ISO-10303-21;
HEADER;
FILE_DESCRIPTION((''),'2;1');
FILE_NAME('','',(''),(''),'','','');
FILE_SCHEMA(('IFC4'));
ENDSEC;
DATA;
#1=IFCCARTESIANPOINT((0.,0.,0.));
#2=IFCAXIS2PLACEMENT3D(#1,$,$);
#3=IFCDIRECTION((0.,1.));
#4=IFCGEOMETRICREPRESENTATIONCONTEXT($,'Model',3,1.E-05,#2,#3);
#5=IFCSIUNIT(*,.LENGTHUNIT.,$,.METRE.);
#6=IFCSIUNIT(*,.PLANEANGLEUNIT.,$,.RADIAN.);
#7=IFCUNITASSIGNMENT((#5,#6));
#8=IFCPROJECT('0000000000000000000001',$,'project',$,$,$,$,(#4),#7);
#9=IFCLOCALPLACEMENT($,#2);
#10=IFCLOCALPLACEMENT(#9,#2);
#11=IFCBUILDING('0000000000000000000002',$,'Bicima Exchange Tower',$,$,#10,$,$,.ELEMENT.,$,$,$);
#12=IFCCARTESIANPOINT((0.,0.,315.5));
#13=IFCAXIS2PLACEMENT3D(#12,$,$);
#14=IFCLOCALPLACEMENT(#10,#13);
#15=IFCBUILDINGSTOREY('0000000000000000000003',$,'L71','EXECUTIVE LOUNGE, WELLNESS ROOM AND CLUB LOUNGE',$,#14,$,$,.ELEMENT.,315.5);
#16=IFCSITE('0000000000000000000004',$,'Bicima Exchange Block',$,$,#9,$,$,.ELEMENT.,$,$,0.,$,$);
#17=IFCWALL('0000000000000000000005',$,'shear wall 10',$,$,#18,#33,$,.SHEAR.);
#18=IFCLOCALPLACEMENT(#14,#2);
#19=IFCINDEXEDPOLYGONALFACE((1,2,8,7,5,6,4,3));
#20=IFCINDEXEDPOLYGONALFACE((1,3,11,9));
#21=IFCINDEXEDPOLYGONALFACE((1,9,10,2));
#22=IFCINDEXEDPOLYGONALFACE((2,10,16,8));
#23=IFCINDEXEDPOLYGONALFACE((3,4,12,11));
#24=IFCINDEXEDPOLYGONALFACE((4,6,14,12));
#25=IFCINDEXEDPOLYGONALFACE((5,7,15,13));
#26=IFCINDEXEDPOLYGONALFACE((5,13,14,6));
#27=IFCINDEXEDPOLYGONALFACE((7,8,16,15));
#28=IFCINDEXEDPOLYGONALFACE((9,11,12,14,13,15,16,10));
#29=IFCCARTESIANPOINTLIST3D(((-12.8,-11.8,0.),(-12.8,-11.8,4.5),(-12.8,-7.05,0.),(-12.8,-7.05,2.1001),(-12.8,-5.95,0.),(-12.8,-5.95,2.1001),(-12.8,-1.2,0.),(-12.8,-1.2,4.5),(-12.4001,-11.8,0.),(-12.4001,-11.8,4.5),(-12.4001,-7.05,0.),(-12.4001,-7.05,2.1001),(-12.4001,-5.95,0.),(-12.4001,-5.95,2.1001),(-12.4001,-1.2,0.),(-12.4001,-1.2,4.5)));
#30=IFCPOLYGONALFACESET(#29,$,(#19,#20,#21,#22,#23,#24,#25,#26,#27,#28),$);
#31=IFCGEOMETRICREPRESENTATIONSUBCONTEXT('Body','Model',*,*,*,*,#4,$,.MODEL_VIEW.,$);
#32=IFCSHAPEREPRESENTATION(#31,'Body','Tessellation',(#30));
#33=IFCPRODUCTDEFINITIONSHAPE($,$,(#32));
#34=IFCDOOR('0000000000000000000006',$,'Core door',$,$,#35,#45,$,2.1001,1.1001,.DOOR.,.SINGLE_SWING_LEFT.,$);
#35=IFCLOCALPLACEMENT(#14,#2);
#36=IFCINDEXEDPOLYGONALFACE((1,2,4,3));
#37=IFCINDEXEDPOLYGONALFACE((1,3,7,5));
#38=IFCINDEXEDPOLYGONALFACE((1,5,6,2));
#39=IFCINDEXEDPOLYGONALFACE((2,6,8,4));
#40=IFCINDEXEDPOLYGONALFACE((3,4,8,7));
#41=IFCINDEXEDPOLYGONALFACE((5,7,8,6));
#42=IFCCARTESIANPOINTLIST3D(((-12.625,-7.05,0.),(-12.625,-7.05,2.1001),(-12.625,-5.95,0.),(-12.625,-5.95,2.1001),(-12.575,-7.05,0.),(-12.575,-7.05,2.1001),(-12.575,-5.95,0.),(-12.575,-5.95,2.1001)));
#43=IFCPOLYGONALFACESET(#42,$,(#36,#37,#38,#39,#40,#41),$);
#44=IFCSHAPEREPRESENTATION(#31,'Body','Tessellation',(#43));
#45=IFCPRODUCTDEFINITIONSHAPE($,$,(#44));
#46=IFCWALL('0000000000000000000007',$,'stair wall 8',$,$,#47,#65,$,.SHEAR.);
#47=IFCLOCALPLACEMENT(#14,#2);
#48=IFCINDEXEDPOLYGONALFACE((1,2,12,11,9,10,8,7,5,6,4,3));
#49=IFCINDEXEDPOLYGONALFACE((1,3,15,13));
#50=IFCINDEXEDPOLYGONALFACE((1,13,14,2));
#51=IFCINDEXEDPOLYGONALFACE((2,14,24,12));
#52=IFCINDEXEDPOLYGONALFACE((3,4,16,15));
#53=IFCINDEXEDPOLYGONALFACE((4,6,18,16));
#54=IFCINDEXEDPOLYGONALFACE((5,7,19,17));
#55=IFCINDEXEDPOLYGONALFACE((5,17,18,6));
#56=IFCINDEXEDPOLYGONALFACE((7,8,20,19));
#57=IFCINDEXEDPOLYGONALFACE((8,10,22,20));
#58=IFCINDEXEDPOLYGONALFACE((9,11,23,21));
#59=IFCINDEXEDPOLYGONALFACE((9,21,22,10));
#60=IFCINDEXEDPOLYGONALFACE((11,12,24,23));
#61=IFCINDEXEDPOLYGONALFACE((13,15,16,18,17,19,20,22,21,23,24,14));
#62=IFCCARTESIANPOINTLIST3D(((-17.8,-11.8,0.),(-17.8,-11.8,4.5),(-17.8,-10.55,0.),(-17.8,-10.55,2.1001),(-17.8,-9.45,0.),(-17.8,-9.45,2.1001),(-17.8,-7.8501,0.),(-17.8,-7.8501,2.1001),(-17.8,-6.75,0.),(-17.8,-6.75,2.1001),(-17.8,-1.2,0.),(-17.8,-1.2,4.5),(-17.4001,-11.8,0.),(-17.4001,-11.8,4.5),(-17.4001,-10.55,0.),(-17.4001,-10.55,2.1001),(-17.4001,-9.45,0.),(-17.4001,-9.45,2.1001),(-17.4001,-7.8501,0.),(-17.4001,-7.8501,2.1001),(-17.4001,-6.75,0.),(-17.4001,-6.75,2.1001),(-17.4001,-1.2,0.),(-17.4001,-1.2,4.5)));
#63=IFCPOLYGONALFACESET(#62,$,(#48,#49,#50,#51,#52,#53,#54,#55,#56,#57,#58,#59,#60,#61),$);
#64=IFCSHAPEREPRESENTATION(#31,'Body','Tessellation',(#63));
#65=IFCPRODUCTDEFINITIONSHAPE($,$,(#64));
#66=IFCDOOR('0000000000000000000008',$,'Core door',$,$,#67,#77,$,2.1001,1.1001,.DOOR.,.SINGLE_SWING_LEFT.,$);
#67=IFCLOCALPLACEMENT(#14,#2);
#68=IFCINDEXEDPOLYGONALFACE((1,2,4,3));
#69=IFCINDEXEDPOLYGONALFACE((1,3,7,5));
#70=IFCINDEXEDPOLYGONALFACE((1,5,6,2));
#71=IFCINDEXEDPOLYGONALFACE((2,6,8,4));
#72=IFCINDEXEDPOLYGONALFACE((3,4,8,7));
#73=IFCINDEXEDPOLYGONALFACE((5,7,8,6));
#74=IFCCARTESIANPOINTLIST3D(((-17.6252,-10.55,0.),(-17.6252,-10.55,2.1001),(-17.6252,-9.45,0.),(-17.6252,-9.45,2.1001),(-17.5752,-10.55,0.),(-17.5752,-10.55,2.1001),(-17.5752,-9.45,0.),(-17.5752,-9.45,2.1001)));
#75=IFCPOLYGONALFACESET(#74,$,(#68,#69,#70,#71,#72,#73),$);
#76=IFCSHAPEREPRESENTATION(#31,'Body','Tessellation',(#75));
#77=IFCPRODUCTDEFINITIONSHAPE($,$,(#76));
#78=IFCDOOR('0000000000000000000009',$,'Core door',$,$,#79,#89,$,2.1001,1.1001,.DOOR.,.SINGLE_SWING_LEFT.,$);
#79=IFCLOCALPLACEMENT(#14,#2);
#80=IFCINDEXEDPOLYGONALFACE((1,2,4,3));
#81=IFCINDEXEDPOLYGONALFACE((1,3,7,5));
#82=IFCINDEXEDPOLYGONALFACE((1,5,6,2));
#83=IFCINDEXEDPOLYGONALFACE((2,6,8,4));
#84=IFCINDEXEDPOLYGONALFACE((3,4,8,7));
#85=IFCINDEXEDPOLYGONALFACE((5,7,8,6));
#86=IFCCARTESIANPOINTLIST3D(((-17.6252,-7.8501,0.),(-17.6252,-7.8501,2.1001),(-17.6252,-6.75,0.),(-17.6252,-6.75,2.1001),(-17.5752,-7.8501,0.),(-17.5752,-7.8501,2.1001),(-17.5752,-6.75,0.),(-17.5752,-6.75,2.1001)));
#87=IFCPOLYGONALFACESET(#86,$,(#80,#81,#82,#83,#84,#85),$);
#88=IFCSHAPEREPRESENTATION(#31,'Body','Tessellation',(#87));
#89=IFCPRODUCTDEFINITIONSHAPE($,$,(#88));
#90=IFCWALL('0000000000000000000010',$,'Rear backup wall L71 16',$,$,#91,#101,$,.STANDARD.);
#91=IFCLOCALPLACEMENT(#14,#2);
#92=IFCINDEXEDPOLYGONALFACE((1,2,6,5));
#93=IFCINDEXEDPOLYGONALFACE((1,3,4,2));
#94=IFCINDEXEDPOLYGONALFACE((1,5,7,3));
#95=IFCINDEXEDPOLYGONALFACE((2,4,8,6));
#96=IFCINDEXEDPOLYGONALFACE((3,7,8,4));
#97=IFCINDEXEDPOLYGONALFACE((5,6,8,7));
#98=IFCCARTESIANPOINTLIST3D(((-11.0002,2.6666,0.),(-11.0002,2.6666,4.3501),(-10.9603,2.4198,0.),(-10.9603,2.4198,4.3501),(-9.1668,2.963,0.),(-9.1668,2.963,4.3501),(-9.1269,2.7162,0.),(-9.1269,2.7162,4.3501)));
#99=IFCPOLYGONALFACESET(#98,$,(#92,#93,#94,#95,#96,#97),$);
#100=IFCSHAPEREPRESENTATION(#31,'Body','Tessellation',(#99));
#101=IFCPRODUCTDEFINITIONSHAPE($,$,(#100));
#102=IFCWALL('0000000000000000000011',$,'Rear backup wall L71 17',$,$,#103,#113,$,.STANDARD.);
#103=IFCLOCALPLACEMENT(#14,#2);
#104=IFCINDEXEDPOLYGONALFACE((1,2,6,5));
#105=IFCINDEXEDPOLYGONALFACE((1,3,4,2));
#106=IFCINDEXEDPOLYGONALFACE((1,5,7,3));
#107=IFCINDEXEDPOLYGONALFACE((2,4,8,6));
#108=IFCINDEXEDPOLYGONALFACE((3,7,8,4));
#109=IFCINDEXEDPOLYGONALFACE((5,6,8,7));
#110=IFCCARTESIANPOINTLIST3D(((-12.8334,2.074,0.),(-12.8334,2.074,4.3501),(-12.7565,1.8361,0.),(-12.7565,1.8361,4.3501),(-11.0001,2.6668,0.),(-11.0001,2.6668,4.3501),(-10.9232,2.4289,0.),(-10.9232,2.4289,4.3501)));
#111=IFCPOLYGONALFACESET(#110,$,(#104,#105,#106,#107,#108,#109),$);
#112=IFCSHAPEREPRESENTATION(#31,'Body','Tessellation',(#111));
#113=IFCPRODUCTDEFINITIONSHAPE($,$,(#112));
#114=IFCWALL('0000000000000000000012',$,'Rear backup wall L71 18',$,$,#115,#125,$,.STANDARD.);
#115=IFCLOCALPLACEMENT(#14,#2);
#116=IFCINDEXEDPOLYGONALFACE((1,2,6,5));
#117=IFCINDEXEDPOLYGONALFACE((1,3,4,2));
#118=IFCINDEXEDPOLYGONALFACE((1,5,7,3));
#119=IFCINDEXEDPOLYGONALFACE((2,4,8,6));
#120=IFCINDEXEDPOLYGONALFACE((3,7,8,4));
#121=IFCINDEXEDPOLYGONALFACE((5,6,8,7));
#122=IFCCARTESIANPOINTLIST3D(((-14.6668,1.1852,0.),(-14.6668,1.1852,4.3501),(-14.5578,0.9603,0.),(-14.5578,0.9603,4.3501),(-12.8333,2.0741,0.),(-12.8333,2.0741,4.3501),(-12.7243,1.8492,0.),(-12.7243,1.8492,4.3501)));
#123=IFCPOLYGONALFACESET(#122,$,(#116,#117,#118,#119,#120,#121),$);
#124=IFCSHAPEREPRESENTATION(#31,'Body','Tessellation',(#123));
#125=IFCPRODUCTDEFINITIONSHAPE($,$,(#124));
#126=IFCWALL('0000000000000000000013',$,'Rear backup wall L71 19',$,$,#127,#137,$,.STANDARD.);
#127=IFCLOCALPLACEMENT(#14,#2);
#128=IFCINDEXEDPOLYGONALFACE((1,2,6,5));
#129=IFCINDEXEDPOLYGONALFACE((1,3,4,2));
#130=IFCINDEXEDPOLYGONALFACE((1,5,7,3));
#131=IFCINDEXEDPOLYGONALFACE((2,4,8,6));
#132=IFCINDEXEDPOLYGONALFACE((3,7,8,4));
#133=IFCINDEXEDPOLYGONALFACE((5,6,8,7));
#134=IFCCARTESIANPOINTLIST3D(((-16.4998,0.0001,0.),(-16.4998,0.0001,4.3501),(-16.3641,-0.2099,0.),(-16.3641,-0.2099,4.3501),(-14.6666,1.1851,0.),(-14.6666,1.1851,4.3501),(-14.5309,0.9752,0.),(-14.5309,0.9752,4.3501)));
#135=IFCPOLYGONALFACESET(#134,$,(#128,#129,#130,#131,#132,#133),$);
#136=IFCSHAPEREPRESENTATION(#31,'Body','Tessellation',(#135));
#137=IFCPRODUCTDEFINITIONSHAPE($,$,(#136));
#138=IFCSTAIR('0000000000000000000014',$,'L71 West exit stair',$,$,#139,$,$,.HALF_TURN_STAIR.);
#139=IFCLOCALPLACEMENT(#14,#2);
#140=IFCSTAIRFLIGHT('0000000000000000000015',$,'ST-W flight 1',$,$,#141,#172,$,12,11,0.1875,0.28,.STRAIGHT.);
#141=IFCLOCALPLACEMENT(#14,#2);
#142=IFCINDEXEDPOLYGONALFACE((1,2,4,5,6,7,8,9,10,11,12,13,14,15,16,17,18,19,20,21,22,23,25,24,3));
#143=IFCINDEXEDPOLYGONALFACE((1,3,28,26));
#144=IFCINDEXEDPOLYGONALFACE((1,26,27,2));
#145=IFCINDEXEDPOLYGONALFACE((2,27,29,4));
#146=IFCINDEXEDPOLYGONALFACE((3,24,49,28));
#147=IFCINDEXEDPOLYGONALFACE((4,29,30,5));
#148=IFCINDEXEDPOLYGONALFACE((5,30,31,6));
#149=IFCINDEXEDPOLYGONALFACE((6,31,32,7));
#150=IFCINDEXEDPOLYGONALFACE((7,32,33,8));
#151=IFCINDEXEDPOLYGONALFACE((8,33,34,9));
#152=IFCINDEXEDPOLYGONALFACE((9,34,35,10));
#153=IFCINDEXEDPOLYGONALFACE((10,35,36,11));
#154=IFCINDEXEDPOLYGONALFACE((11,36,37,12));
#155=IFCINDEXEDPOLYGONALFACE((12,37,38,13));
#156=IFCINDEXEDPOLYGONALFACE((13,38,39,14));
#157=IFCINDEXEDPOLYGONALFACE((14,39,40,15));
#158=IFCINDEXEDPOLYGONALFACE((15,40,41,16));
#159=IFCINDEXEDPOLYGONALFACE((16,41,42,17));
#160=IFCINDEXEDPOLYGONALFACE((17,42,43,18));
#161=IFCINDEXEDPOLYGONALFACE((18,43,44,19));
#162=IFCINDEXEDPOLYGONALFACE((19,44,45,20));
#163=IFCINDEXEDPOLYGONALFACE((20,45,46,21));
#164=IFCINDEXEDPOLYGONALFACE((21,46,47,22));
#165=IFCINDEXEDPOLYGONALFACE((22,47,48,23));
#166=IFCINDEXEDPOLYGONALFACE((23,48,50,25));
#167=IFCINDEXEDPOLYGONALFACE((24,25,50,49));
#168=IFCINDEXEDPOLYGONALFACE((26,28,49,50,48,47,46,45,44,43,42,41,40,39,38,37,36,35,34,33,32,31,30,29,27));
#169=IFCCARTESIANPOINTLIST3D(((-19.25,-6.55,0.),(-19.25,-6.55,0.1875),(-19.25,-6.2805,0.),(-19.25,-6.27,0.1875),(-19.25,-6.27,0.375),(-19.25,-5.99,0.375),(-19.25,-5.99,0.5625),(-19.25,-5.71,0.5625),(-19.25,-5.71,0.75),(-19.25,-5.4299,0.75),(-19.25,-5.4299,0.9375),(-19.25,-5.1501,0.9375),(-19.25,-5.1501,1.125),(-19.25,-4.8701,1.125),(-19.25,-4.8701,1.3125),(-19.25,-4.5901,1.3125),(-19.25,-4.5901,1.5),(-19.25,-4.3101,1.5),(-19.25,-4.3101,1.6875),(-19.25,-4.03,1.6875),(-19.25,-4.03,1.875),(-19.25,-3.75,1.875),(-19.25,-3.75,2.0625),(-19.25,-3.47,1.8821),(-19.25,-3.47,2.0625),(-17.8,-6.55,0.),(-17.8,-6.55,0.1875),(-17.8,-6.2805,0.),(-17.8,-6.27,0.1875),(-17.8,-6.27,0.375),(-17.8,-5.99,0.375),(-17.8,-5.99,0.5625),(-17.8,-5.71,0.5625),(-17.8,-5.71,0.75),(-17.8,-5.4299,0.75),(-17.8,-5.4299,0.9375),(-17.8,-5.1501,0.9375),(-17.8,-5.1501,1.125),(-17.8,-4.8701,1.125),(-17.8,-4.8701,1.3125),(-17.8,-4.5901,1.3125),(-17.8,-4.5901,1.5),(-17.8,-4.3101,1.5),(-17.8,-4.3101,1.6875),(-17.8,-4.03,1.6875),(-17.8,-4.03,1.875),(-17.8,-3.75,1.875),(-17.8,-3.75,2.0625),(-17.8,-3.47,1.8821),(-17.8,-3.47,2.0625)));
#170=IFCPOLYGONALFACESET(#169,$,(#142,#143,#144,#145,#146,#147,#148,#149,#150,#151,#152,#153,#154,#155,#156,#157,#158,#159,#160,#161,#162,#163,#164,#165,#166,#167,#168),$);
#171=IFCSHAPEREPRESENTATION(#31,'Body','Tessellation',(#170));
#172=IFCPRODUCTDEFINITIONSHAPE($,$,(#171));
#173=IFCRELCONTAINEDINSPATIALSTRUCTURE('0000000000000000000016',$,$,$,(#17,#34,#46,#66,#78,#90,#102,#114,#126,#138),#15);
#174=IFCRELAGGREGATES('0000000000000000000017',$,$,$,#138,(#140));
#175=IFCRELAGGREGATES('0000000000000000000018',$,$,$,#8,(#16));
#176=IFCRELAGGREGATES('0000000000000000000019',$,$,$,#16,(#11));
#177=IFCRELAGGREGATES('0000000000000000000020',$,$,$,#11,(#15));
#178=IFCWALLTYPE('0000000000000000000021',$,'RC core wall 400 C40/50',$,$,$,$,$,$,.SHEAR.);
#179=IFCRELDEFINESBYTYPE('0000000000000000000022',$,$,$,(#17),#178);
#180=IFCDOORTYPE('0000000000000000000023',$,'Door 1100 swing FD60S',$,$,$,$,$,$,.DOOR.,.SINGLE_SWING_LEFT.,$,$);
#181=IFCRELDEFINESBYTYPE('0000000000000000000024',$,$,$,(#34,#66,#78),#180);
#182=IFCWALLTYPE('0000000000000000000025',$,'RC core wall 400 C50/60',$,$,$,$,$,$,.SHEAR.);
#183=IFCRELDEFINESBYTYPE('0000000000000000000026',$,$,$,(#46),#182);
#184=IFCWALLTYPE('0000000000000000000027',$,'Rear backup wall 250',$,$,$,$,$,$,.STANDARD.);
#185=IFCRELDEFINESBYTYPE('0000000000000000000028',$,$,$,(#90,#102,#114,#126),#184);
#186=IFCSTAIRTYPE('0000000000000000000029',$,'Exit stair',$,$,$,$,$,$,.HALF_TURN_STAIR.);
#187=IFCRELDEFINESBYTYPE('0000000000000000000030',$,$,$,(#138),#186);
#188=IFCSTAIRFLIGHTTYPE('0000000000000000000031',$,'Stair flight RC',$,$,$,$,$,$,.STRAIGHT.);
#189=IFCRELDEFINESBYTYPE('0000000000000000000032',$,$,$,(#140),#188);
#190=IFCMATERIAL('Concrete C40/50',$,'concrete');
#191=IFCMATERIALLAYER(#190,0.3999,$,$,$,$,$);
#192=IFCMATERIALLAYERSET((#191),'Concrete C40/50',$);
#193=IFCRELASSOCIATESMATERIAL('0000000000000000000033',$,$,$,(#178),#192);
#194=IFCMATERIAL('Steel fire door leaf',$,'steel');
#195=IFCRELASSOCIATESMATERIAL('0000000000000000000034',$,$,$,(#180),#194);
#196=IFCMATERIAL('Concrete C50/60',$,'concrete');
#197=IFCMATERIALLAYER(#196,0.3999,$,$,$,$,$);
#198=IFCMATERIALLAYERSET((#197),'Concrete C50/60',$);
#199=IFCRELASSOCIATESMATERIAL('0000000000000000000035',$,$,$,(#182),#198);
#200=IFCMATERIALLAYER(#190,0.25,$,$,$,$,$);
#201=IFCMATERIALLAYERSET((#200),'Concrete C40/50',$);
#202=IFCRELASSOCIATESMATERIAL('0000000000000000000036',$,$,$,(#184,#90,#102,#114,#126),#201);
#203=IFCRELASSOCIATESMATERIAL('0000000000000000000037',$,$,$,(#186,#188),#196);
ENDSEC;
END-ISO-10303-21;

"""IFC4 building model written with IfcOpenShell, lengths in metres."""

from ifc_helpers import new_model, si_unit, direction, frame, frame_2d, origin, place, context, subcontext, project, spatial, polyline, rectangle, outline, extrude, material, layer, layer_set, layer_usage, type_object, element, fill, aggregate, save


model = new_model("IFC4")

# Units and contexts
model_context = context("Model", 3, precision=1e-05, world=origin(), true_north=direction((0.0, 1.0)))
body_context = subcontext(model_context, "Body", "Model", "MODEL_VIEW")
ifc_project = project(units=[si_unit("LENGTHUNIT", "METRE"), si_unit("PLANEANGLEUNIT", "RADIAN")], contexts=[model_context])

# Site, building, storey
site_placement = place(None, origin())
site = spatial("IfcSite", under=ifc_project, at=site_placement, Name="Bicima Exchange Block", CompositionType="ELEMENT", RefElevation=0.0)
building_placement = place(site_placement, origin())
building = spatial("IfcBuilding", under=site, at=building_placement, Name="Bicima Exchange Tower", CompositionType="ELEMENT")
storey_placement = place(building_placement, frame((0.0, 0.0, 315.5)))
storey = spatial("IfcBuildingStorey", under=building, at=storey_placement, Name="L71", Description="EXECUTIVE LOUNGE, WELLNESS ROOM AND CLUB LOUNGE", CompositionType="ELEMENT", Elevation=315.5)

# Shared definitions
ifc_material_1 = material(Name="Concrete C40/50", Category="concrete")
ifc_layer_1 = layer(ifc_material_1, 0.3999)
ifc_layer_set_1 = layer_set([ifc_layer_1], Name="Concrete C40/50")
wall_type_1 = type_object("IfcWallType", Name="RC core wall 400 C40/50", PredefinedType="SHEAR", material=ifc_layer_set_1)

# Shared definitions
ifc_material_2 = material(Name="Steel fire door leaf", Category="steel")

# Wall, opening, door
wall_1_placement = place(storey_placement, frame((-12.6001, -11.8, 0.0), z_axis=(0.0, 0.0, 1.0), x_axis=(0.0, 1.0, 0.0)))
wall_1 = element("IfcWall", 1, at=wall_1_placement, inside=storey, type_object=wall_type_1, Name="shear wall 10", PredefinedType="SHEAR", context=body_context, shape_type="SweptSolid", body=[
    extrude(rectangle(XDim=10.6001, YDim=0.3999, at=frame_2d((5.3, 0.0))), origin(), (0.0, 0.0, 1.0), 4.5),
])
opening_1_placement = place(wall_1_placement, frame((4.75, 0.0, 0.0)))
opening_1 = element("IfcOpeningElement", 2, at=opening_1_placement, cuts=wall_1, PredefinedType="OPENING", context=body_context, shape_type="SweptSolid", body=[
    extrude(rectangle(XDim=1.1001, YDim=2.1001, at=frame_2d((0.55, 1.05))), frame((0.0, 0.2119, 0.0), z_axis=(0.0, -1.0, 0.0), x_axis=(1.0, 0.0, 0.0)), (0.0, 0.0, 1.0), 0.4238),
])
door_type_1 = type_object("IfcDoorType", Name="Door 1100 swing FD60S", OperationType="SINGLE_SWING_LEFT", PredefinedType="DOOR", material=ifc_material_2)
door_1_placement = place(opening_1_placement, origin())
door_1 = element("IfcDoor", 3, at=door_1_placement, inside=storey, type_object=door_type_1, Name="Core door", OperationType="SINGLE_SWING_LEFT", OverallHeight=2.1001, OverallWidth=1.1001, PredefinedType="DOOR", context=body_context, shape_type="SweptSolid", body=[
    extrude(rectangle(XDim=1.1001, YDim=2.1001, at=frame_2d((0.55, 1.05))), frame((0.0, 0.0249, 0.0), z_axis=(0.0, -1.0, 0.0), x_axis=(1.0, 0.0, 0.0)), (0.0, 0.0, 1.0), 0.05),
])
fill(opening_1, door_1)

# Wall, openings, doors
ifc_material_3 = material(Name="Concrete C50/60", Category="concrete")
ifc_layer_2 = layer(ifc_material_3, 0.3999)
ifc_layer_set_2 = layer_set([ifc_layer_2], Name="Concrete C50/60")
wall_type_2 = type_object("IfcWallType", Name="RC core wall 400 C50/60", PredefinedType="SHEAR", material=ifc_layer_set_2)
wall_2_placement = place(storey_placement, frame((-17.6001, -11.8, 0.0), z_axis=(0.0, 0.0, 1.0), x_axis=(0.0, 1.0, 0.0)))
wall_2 = element("IfcWall", 4, at=wall_2_placement, inside=storey, type_object=wall_type_2, Name="stair wall 8", PredefinedType="SHEAR", context=body_context, shape_type="SweptSolid", body=[
    extrude(rectangle(XDim=10.6001, YDim=0.3999, at=frame_2d((5.3, 0.0))), origin(), (0.0, 0.0, 1.0), 4.5),
])
opening_2_placement = place(wall_2_placement, frame((1.25, 0.0, 0.0)))
opening_2 = element("IfcOpeningElement", 5, at=opening_2_placement, cuts=wall_2, PredefinedType="OPENING", context=body_context, shape_type="SweptSolid", body=[
    extrude(rectangle(XDim=1.1001, YDim=2.1001, at=frame_2d((0.55, 1.05))), frame((0.0, 0.2119, 0.0), z_axis=(0.0, -1.0, 0.0), x_axis=(1.0, 0.0, 0.0)), (0.0, 0.0, 1.0), 0.4238),
])
opening_3_placement = place(wall_2_placement, frame((3.95, 0.0, 0.0)))
opening_3 = element("IfcOpeningElement", 6, at=opening_3_placement, cuts=wall_2, PredefinedType="OPENING", context=body_context, shape_type="SweptSolid", body=[
    extrude(rectangle(XDim=1.1001, YDim=2.1001, at=frame_2d((0.55, 1.05))), frame((0.0, 0.2119, 0.0), z_axis=(0.0, -1.0, 0.0), x_axis=(1.0, 0.0, 0.0)), (0.0, 0.0, 1.0), 0.4238),
])
door_2_placement = place(opening_2_placement, frame((1.1001, 0.0, 0.0), z_axis=(0.0, 0.0, 1.0), x_axis=(-1.0, 0.0, 0.0)))
door_2 = element("IfcDoor", 7, at=door_2_placement, inside=storey, type_object=door_type_1, Name="Core door", OperationType="SINGLE_SWING_LEFT", OverallHeight=2.1001, OverallWidth=1.1001, PredefinedType="DOOR", context=body_context, shape_type="SweptSolid", body=[
    extrude(rectangle(XDim=1.1001, YDim=2.1001, at=frame_2d((0.55, 1.05))), frame((0.0, 0.0249, 0.0), z_axis=(0.0, -1.0, 0.0), x_axis=(1.0, 0.0, 0.0)), (0.0, 0.0, 1.0), 0.05),
])
fill(opening_2, door_2)
door_3_placement = place(opening_3_placement, frame((1.1001, 0.0, 0.0), z_axis=(0.0, 0.0, 1.0), x_axis=(-1.0, 0.0, 0.0)))
door_3 = element("IfcDoor", 8, at=door_3_placement, inside=storey, type_object=door_type_1, Name="Core door", OperationType="SINGLE_SWING_LEFT", OverallHeight=2.1001, OverallWidth=1.1001, PredefinedType="DOOR", context=body_context, shape_type="SweptSolid", body=[
    extrude(rectangle(XDim=1.1001, YDim=2.1001, at=frame_2d((0.55, 1.05))), frame((0.0, 0.0249, 0.0), z_axis=(0.0, -1.0, 0.0), x_axis=(1.0, 0.0, 0.0)), (0.0, 0.0, 1.0), 0.05),
])
fill(opening_3, door_3)

# Walls
ifc_layer_3 = layer(ifc_material_1, 0.25)
ifc_layer_set_3 = layer_set([ifc_layer_3], Name="Concrete C40/50")
ifc_layer_usage = layer_usage(ifc_layer_set_3, "AXIS2", "POSITIVE", -0.125)
wall_type_3 = type_object("IfcWallType", Name="Rear backup wall 250", PredefinedType="STANDARD", material=ifc_layer_set_3)
wall_3_placement = place(storey_placement, frame((-9.1467, 2.8396, 0.0), z_axis=(0.0, 0.0, 1.0), x_axis=(-0.987182, -0.1596, 0.0)))
element("IfcWall", 9, at=wall_3_placement, inside=storey, type_object=wall_type_3, material=ifc_layer_usage, Name="Rear backup wall L71 16", PredefinedType="STANDARD", context=body_context, shape_type="SweptSolid", body=[
    extrude(rectangle(XDim=1.8572, YDim=0.25, at=frame_2d((0.9287, 0.0))), origin(), (0.0, 0.0, 1.0), 4.3501),
])
wall_4_placement = place(storey_placement, frame((-10.9617, 2.5479, 0.0), z_axis=(0.0, 0.0, 1.0), x_axis=(-0.951496, -0.307662, 0.0)))
element("IfcWall", 10, at=wall_4_placement, inside=storey, type_object=wall_type_3, material=ifc_layer_usage, Name="Rear backup wall L71 17", PredefinedType="STANDARD", context=body_context, shape_type="SweptSolid", body=[
    extrude(rectangle(XDim=1.9268, YDim=0.25, at=frame_2d((0.9634, 0.0))), origin(), (0.0, 0.0, 1.0), 4.3501),
])
wall_5_placement = place(storey_placement, frame((-12.7788, 1.9617, 0.0), z_axis=(0.0, 0.0, 1.0), x_axis=(-0.899824, -0.436253, 0.0)))
element("IfcWall", 11, at=wall_5_placement, inside=storey, type_object=wall_type_3, material=ifc_layer_usage, Name="Rear backup wall L71 18", PredefinedType="STANDARD", context=body_context, shape_type="SweptSolid", body=[
    extrude(rectangle(XDim=2.0376, YDim=0.25, at=frame_2d((1.0188, 0.0))), origin(), (0.0, 0.0, 1.0), 4.3501),
])
wall_6_placement = place(storey_placement, frame((-14.5989, 1.0801, 0.0), z_axis=(0.0, 0.0, 1.0), x_axis=(-0.839813, -0.542876, 0.0)))
element("IfcWall", 12, at=wall_6_placement, inside=storey, type_object=wall_type_3, material=ifc_layer_usage, Name="Rear backup wall L71 19", PredefinedType="STANDARD", context=body_context, shape_type="SweptSolid", body=[
    extrude(rectangle(XDim=2.1829, YDim=0.25, at=frame_2d((1.0913, 0.0))), origin(), (0.0, 0.0, 1.0), 4.3501),
])

# Stair, stair flight
stair_type = type_object("IfcStairType", Name="Exit stair", PredefinedType="HALF_TURN_STAIR", material=ifc_material_3)
stair_placement = place(storey_placement, origin())
stair = element("IfcStair", 13, at=stair_placement, inside=storey, type_object=stair_type, Name="L71 West exit stair", PredefinedType="HALF_TURN_STAIR")
stair_flight_type = type_object("IfcStairFlightType", Name="Stair flight RC", PredefinedType="STRAIGHT", material=ifc_material_3)
stair_flight_1_placement = place(storey_placement, frame((-18.5249, -6.55, 0.0), z_axis=(0.0, 0.0, 1.0), x_axis=(0.0, 1.0, 0.0)))
stair_flight_1 = element("IfcStairFlight", 14, at=stair_flight_1_placement, type_object=stair_flight_type, Name="ST-W flight 1", NumberOfRisers=12, NumberOfTreads=11, PredefinedType="STRAIGHT", RiserHeight=0.1875, TreadLength=0.28, context=body_context, shape_type="SweptSolid", body=[
    extrude(outline(polyline([(0.0, 0.0), (0.0, 0.1875), (0.28, 0.1875), (0.28, 0.375), (0.5601, 0.375), (0.5601, 0.5625), (0.8401, 0.5625), (0.8401, 0.75), (1.1201, 0.75), (1.1201, 0.9375), (1.3999, 0.9375), (1.3999, 1.125), (1.6799, 1.125), (1.6799, 1.3125), (1.96, 1.3125), (1.96, 1.5), (2.24, 1.5), (2.24, 1.6875), (2.52, 1.6875), (2.52, 1.875), (2.8, 1.875), (2.8, 2.0625), (3.0801, 2.0625), (3.0801, 2.25), (3.0801, 1.8821), (0.2695, 0.0), (0.0, 0.0)])), frame((0.0, 0.7251, 0.0), z_axis=(0.0, -1.0, 0.0), x_axis=(1.0, 0.0, 0.0)), (0.0, 0.0, 1.0), 1.45),
])
aggregate(stair, [stair_flight_1])

save(model, "model.ifc")
